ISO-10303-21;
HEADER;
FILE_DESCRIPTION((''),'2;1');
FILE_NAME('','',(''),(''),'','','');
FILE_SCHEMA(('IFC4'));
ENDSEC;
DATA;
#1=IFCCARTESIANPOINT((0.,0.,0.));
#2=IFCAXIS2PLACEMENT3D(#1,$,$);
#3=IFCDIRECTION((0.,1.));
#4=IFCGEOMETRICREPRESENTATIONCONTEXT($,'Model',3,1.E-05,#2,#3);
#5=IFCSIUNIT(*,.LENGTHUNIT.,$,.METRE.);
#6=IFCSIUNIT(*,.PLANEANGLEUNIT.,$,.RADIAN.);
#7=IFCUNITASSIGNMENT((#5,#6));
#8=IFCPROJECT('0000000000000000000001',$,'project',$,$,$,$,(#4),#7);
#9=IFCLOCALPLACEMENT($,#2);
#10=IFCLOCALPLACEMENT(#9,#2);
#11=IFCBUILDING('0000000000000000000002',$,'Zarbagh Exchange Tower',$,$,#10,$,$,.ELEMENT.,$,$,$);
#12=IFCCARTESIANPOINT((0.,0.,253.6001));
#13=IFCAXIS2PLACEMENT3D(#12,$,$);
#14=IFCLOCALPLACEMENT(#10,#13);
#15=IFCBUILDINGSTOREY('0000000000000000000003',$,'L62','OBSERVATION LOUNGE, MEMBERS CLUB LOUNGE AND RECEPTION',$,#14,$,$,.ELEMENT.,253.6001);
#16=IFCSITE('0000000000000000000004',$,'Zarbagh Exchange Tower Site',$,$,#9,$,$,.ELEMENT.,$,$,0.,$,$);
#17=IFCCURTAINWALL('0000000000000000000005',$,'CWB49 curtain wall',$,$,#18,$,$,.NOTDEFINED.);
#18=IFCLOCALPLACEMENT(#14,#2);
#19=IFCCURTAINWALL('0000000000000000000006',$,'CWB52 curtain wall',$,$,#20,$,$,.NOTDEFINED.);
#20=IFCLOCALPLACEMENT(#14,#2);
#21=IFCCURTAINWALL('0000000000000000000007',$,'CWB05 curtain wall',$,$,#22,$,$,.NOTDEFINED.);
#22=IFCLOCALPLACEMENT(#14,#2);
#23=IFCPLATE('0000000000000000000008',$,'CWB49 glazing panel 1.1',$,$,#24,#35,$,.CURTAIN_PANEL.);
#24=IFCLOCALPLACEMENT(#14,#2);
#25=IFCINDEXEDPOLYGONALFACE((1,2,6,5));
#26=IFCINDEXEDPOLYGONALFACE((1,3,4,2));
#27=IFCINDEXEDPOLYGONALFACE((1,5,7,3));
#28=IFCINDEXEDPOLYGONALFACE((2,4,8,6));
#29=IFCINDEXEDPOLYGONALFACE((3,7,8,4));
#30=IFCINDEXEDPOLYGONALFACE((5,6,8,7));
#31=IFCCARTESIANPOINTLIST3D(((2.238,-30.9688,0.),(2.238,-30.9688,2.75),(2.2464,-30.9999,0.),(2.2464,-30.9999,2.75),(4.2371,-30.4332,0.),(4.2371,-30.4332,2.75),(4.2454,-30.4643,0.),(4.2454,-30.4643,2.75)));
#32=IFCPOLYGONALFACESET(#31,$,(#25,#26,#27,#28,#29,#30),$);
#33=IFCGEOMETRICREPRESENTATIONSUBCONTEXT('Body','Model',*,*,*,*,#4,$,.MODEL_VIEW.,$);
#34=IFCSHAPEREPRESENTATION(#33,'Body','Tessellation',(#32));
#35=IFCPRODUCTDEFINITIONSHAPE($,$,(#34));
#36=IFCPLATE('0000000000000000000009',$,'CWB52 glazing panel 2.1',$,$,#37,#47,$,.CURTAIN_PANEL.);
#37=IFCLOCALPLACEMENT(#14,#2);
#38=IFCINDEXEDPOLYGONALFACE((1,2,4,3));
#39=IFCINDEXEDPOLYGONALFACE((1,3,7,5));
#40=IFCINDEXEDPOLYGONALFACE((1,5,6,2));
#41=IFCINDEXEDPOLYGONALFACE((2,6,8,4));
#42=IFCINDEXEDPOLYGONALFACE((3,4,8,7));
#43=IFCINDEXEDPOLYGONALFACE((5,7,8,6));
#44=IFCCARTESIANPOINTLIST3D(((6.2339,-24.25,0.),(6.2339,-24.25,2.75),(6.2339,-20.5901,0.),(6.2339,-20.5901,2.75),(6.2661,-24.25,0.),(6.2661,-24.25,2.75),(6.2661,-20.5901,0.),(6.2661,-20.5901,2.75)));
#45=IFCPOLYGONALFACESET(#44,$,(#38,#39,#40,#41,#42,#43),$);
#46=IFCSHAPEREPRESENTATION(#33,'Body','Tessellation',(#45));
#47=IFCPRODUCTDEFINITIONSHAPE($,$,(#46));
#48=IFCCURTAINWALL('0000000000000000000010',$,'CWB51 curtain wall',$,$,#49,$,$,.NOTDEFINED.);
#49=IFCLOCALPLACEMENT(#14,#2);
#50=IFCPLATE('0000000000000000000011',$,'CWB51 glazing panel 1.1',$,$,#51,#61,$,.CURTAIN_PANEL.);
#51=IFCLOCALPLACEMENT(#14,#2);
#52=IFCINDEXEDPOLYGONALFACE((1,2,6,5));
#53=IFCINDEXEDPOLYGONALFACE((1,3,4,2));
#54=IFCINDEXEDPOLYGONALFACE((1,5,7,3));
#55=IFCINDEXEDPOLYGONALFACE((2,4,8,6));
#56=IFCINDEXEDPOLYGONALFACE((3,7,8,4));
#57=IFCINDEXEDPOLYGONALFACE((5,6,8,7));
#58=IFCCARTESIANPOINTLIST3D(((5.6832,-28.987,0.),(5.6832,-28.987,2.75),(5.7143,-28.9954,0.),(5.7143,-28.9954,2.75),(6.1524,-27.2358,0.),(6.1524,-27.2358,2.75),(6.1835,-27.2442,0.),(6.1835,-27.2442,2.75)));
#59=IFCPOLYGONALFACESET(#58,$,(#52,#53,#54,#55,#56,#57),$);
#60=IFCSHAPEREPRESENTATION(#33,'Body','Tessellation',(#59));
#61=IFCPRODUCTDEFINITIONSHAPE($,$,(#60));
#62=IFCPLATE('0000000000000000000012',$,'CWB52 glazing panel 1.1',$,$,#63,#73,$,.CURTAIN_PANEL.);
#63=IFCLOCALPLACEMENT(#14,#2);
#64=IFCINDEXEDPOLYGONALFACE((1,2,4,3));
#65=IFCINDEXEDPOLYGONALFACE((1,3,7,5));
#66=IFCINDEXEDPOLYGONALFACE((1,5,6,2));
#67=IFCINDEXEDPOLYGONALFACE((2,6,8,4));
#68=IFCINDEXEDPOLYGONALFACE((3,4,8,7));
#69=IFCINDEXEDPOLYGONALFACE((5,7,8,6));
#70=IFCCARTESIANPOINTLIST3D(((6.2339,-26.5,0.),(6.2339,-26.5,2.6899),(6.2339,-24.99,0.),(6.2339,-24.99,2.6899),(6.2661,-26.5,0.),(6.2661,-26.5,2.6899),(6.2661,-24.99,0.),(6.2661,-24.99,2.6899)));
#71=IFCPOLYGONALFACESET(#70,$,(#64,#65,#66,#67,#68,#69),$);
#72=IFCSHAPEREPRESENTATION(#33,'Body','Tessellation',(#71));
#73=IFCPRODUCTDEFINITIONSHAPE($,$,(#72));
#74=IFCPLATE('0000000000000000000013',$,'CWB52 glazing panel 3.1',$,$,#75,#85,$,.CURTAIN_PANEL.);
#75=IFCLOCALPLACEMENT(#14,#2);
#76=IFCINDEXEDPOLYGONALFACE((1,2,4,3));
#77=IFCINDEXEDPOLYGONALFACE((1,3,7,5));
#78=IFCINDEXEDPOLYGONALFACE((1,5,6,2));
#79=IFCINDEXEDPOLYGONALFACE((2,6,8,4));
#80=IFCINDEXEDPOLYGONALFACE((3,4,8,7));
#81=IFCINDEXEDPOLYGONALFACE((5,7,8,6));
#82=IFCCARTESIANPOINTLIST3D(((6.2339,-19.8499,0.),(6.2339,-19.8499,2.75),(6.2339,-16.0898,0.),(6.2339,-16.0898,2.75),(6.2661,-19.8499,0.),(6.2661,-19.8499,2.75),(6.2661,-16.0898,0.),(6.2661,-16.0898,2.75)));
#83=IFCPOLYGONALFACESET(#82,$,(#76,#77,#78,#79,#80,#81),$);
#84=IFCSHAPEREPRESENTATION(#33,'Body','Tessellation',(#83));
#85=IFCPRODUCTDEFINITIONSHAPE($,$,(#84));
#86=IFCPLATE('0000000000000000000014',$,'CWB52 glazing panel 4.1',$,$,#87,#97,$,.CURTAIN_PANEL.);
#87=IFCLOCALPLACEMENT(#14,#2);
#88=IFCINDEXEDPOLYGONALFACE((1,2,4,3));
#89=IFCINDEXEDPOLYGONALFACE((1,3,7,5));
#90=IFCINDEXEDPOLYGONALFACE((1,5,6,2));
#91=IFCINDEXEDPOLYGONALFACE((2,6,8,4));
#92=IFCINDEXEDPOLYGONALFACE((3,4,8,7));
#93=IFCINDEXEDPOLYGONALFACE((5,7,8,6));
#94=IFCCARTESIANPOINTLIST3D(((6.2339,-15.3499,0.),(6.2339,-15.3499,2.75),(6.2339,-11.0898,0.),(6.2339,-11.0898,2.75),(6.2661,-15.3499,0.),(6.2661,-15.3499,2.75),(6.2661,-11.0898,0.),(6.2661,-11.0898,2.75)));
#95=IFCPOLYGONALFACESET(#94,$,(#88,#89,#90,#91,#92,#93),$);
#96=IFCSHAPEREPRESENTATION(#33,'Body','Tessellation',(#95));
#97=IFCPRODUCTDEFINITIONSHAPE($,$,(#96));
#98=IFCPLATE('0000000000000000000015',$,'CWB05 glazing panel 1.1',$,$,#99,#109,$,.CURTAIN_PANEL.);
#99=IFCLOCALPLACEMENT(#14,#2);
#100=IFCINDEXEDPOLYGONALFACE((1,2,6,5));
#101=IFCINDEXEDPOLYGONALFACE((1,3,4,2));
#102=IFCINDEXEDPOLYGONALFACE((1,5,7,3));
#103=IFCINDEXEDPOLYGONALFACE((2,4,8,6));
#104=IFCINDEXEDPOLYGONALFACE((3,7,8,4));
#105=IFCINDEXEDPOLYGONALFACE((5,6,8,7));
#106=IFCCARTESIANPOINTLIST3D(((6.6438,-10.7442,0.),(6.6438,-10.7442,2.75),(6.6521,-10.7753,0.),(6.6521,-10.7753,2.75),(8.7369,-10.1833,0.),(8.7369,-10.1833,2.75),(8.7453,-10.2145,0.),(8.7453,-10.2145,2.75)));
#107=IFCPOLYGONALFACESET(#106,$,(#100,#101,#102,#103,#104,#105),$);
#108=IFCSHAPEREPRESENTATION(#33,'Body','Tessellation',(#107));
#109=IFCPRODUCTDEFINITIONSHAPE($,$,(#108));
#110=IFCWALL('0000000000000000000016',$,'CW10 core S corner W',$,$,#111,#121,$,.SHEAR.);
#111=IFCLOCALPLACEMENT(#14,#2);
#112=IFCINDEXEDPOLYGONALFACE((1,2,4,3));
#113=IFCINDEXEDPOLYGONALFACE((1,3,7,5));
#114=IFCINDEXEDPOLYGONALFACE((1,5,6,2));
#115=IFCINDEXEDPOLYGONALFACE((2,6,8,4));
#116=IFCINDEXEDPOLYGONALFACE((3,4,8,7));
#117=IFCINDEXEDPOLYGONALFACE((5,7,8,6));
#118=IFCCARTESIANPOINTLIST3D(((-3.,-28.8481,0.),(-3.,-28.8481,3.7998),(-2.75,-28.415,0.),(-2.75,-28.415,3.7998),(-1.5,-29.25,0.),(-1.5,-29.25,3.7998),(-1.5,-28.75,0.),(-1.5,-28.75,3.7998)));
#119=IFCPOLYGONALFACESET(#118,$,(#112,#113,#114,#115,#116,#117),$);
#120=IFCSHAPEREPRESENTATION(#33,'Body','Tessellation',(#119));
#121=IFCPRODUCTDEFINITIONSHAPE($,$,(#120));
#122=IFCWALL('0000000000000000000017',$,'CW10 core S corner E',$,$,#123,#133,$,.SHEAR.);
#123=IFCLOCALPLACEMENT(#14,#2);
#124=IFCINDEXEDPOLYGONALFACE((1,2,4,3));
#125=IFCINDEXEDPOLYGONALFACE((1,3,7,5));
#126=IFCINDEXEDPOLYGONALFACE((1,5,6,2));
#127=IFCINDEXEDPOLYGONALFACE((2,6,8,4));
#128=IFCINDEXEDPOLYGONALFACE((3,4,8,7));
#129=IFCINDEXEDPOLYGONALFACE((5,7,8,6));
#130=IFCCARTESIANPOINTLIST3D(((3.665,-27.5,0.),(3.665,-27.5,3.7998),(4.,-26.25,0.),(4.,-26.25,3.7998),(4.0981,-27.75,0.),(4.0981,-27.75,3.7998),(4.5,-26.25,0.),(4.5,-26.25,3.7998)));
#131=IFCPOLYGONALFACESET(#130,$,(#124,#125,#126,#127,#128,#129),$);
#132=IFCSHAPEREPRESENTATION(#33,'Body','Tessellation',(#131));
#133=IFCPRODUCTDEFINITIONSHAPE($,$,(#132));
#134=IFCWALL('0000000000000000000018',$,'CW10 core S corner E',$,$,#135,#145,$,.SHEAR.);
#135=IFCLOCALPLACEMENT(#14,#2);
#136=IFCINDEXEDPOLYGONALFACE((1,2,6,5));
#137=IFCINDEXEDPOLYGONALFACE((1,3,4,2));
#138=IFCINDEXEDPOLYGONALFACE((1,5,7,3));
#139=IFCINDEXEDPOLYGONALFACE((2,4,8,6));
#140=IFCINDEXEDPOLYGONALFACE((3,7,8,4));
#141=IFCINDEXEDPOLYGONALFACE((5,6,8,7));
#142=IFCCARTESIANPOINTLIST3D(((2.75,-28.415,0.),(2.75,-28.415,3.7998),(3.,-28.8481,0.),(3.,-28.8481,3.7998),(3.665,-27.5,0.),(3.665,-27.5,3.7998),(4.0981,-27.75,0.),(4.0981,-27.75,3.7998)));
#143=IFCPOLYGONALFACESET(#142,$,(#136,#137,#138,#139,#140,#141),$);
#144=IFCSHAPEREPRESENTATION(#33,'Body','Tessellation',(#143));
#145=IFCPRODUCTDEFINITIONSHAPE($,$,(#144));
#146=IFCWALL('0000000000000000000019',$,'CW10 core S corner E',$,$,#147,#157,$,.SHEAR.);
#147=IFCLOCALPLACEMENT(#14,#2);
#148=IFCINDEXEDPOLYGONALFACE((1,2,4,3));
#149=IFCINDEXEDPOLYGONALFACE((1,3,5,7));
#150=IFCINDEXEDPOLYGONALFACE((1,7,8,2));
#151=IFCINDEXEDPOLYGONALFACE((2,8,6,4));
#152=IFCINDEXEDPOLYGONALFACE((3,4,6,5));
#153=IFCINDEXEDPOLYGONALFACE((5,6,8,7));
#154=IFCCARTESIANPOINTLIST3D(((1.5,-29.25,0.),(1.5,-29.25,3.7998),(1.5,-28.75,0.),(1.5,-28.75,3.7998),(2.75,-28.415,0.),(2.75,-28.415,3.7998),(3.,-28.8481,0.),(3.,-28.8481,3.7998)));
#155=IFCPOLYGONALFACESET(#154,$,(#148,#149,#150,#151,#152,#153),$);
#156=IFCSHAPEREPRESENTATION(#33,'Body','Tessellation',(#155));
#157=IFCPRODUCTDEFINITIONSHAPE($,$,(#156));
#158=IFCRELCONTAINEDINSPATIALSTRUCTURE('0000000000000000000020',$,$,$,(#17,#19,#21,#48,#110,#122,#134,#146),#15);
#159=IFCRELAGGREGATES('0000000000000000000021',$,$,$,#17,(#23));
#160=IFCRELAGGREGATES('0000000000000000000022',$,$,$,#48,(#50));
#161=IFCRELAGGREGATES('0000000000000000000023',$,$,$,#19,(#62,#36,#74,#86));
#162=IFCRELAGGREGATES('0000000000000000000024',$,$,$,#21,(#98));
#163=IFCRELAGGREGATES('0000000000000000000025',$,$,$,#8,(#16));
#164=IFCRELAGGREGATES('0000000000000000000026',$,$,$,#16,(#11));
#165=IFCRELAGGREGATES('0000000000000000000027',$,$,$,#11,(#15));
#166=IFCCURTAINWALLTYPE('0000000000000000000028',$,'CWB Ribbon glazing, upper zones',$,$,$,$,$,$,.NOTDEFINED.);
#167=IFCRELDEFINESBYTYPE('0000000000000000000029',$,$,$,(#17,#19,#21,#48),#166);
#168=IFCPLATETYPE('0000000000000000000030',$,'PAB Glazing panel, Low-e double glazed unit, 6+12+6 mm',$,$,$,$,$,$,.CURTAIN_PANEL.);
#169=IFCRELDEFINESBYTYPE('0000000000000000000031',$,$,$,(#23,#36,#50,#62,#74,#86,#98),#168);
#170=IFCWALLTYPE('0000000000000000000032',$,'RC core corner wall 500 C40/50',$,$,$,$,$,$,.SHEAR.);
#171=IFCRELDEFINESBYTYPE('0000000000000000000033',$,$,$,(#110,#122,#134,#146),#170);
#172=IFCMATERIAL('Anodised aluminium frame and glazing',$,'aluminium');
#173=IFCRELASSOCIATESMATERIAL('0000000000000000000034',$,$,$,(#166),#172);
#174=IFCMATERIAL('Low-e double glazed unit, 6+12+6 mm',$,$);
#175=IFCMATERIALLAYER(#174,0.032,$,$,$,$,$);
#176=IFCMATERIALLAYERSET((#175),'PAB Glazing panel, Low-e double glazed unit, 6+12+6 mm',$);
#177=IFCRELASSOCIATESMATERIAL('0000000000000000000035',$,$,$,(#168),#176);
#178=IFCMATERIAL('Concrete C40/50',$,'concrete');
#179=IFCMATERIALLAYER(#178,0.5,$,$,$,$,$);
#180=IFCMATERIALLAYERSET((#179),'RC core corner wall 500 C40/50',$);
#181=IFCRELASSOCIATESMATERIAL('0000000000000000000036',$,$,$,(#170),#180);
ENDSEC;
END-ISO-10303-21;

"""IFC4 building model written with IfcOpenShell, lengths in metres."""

from ifc_helpers import new_model, si_unit, direction, frame, origin, place, context, subcontext, project, spatial, polyline, outline, extrude, source, transform, mapped, material, layer, layer_set, type_object, element, aggregate, save


model = new_model("IFC4")

# Units and contexts
model_context = context("Model", 3, precision=1e-05, world=origin(), true_north=direction((0.0, 1.0)))
body_context = subcontext(model_context, "Body", "Model", "MODEL_VIEW")
ifc_project = project(units=[si_unit("LENGTHUNIT", "METRE"), si_unit("PLANEANGLEUNIT", "RADIAN")], contexts=[model_context])

# Site, building, storey
site_placement = place(None, origin())
site = spatial("IfcSite", under=ifc_project, at=site_placement, Name="Zarbagh Exchange Tower Site", CompositionType="ELEMENT", RefElevation=0.0)
building_placement = place(site_placement, origin())
building = spatial("IfcBuilding", under=site, at=building_placement, Name="Zarbagh Exchange Tower", CompositionType="ELEMENT")
storey_placement = place(building_placement, frame((0.0, 0.0, 253.6001)))
storey = spatial("IfcBuildingStorey", under=building, at=storey_placement, Name="L62", Description="OBSERVATION LOUNGE, MEMBERS CLUB LOUNGE AND RECEPTION", CompositionType="ELEMENT", Elevation=253.6001)

# Curtain wall
ifc_material_1 = material(Name="Anodised aluminium frame and glazing", Category="aluminium")
curtain_wall_type = type_object("IfcCurtainWallType", Name="CWB Ribbon glazing, upper zones", PredefinedType="NOTDEFINED", material=ifc_material_1)
curtain_wall_1_placement = place(storey_placement, origin())
curtain_wall_1 = element("IfcCurtainWall", 1, at=curtain_wall_1_placement, inside=storey, type_object=curtain_wall_type, Name="CWB49 curtain wall", PredefinedType="NOTDEFINED")
placement = place(storey_placement, origin())

# Curtain wall
curtain_wall_2_placement = place(storey_placement, origin())
curtain_wall_2 = element("IfcCurtainWall", 2, at=curtain_wall_2_placement, inside=storey, type_object=curtain_wall_type, Name="CWB52 curtain wall", PredefinedType="NOTDEFINED")

# Curtain wall
curtain_wall_3_placement = place(storey_placement, origin())
curtain_wall_3 = element("IfcCurtainWall", 3, at=curtain_wall_3_placement, inside=storey, type_object=curtain_wall_type, Name="CWB05 curtain wall", PredefinedType="NOTDEFINED")

# Shared definitions
ifc_material_2 = material(Name="Concrete C40/50", Category="concrete")

# Shared definitions
ifc_material_3 = material(Name="Low-e double glazed unit, 6+12+6 mm")
ifc_layer_1 = layer(ifc_material_3, 0.032)
ifc_layer_set_1 = layer_set([ifc_layer_1], Name="PAB Glazing panel, Low-e double glazed unit, 6+12+6 mm")
plate_type = type_object("IfcPlateType", Name="PAB Glazing panel, Low-e double glazed unit, 6+12+6 mm", PredefinedType="CURTAIN_PANEL", material=ifc_layer_set_1)

# Plates
shared_shape_1 = source(origin(), body_context, "Body", "SweptSolid", [
    extrude(outline(polyline([(0.0, -0.0161), (2.0696, -0.0161), (2.0696, 0.0161), (0.0, 0.0161), (0.0, -0.0161)])), origin(), (0.0, 0.0, 1.0), 2.75),
])
plate_1 = element("IfcPlate", 4, at=placement, type_object=plate_type, Name="CWB49 glazing panel 1.1", PredefinedType="CURTAIN_PANEL", context=body_context, shape_type="MappedRepresentation", body=[
    mapped(shared_shape_1, transform((2.2422, -30.9844, 0.0), x_axis=(0.965924, 0.258825, 0.0), y_axis=(-0.258825, 0.965924, 0.0), z_axis=(0.0, 0.0, 1.0))),
])
aggregate(curtain_wall_1, [plate_1])
shared_shape_2 = source(origin(), body_context, "Body", "SweptSolid", [
    extrude(outline(polyline([(0.0, -0.0161), (3.6599, -0.0161), (3.6599, 0.0161), (0.0, 0.0161), (0.0, -0.0161)])), origin(), (0.0, 0.0, 1.0), 2.75),
])
plate_2 = element("IfcPlate", 5, at=placement, type_object=plate_type, Name="CWB52 glazing panel 2.1", PredefinedType="CURTAIN_PANEL", context=body_context, shape_type="MappedRepresentation", body=[
    mapped(shared_shape_2, transform((6.25, -24.25, 0.0), x_axis=(0.0, 1.0, 0.0), y_axis=(-1.0, 0.0, 0.0), z_axis=(0.0, 0.0, 1.0))),
])

# Curtain wall, plate
curtain_wall_4_placement = place(storey_placement, origin())
curtain_wall_4 = element("IfcCurtainWall", 6, at=curtain_wall_4_placement, inside=storey, type_object=curtain_wall_type, Name="CWB51 curtain wall", PredefinedType="NOTDEFINED")
shared_shape_3 = source(origin(), body_context, "Body", "SweptSolid", [
    extrude(outline(polyline([(0.0, -0.0161), (1.813, -0.0161), (1.813, 0.0161), (0.0, 0.0161), (0.0, -0.0161)])), origin(), (0.0, 0.0, 1.0), 2.75),
])
plate_3 = element("IfcPlate", 7, at=placement, type_object=plate_type, Name="CWB51 glazing panel 1.1", PredefinedType="CURTAIN_PANEL", context=body_context, shape_type="MappedRepresentation", body=[
    mapped(shared_shape_3, transform((5.6987, -28.9912, 0.0), x_axis=(0.258825, 0.965924, 0.0), y_axis=(-0.965924, 0.258825, 0.0), z_axis=(0.0, 0.0, 1.0))),
])
aggregate(curtain_wall_4, [plate_3])

# Plates
shared_shape_4 = source(origin(), body_context, "Body", "SweptSolid", [
    extrude(outline(polyline([(0.0, -0.0161), (1.51, -0.0161), (1.51, 0.0161), (0.0, 0.0161), (0.0, -0.0161)])), origin(), (0.0, 0.0, 1.0), 2.6899),
])
plate_4 = element("IfcPlate", 8, at=placement, type_object=plate_type, Name="CWB52 glazing panel 1.1", PredefinedType="CURTAIN_PANEL", context=body_context, shape_type="MappedRepresentation", body=[
    mapped(shared_shape_4, transform((6.25, -26.5, 0.0), x_axis=(0.0, 1.0, 0.0), y_axis=(-1.0, 0.0, 0.0), z_axis=(0.0, 0.0, 1.0))),
])
shared_shape_5 = source(origin(), body_context, "Body", "SweptSolid", [
    extrude(outline(polyline([(0.0, -0.0161), (3.76, -0.0161), (3.76, 0.0161), (0.0, 0.0161), (0.0, -0.0161)])), origin(), (0.0, 0.0, 1.0), 2.75),
])
plate_5 = element("IfcPlate", 9, at=placement, type_object=plate_type, Name="CWB52 glazing panel 3.1", PredefinedType="CURTAIN_PANEL", context=body_context, shape_type="MappedRepresentation", body=[
    mapped(shared_shape_5, transform((6.25, -19.8499, 0.0), x_axis=(0.0, 1.0, 0.0), y_axis=(-1.0, 0.0, 0.0), z_axis=(0.0, 0.0, 1.0))),
])
shared_shape_6 = source(origin(), body_context, "Body", "SweptSolid", [
    extrude(outline(polyline([(0.0, -0.0161), (4.26, -0.0161), (4.26, 0.0161), (0.0, 0.0161), (0.0, -0.0161)])), origin(), (0.0, 0.0, 1.0), 2.75),
])
plate_6 = element("IfcPlate", 10, at=placement, type_object=plate_type, Name="CWB52 glazing panel 4.1", PredefinedType="CURTAIN_PANEL", context=body_context, shape_type="MappedRepresentation", body=[
    mapped(shared_shape_6, transform((6.25, -15.3499, 0.0), x_axis=(0.0, 1.0, 0.0), y_axis=(-1.0, 0.0, 0.0), z_axis=(0.0, 0.0, 1.0))),
])
aggregate(curtain_wall_2, [plate_4, plate_2, plate_5, plate_6])
shared_shape_7 = source(origin(), body_context, "Body", "SweptSolid", [
    extrude(outline(polyline([(0.0, -0.0161), (2.167, -0.0161), (2.167, 0.0161), (0.0, 0.0161), (0.0, -0.0161)])), origin(), (0.0, 0.0, 1.0), 2.75),
])
plate_7 = element("IfcPlate", 11, at=placement, type_object=plate_type, Name="CWB05 glazing panel 1.1", PredefinedType="CURTAIN_PANEL", context=body_context, shape_type="MappedRepresentation", body=[
    mapped(shared_shape_7, transform((6.6479, -10.7598, 0.0), x_axis=(0.965924, 0.258825, 0.0), y_axis=(-0.258825, 0.965924, 0.0), z_axis=(0.0, 0.0, 1.0))),
])
aggregate(curtain_wall_3, [plate_7])

# Walls
ifc_layer_2 = layer(ifc_material_2, 0.5)
ifc_layer_set_2 = layer_set([ifc_layer_2], Name="RC core corner wall 500 C40/50")
wall_type = type_object("IfcWallType", Name="RC core corner wall 500 C40/50", PredefinedType="SHEAR", material=ifc_layer_set_2)
wall_1_placement = place(storey_placement, origin())
element("IfcWall", 12, at=wall_1_placement, inside=storey, type_object=wall_type, Name="CW10 core S corner W", PredefinedType="SHEAR", context=body_context, shape_type="SweptSolid", body=[
    extrude(outline(polyline([(-3.0, -28.8481), (-1.5, -29.25), (-1.5, -28.75), (-2.75, -28.415), (-3.0, -28.8481)])), origin(), (0.0, 0.0, 1.0), 3.7998),
])
wall_2_placement = place(storey_placement, origin())
element("IfcWall", 13, at=wall_2_placement, inside=storey, type_object=wall_type, Name="CW10 core S corner E", PredefinedType="SHEAR", context=body_context, shape_type="SweptSolid", body=[
    extrude(outline(polyline([(4.5, -26.25), (4.0981, -27.75), (3.665, -27.5), (4.0, -26.25), (4.5, -26.25)])), origin(), (0.0, 0.0, 1.0), 3.7998),
])
wall_3_placement = place(storey_placement, origin())
element("IfcWall", 14, at=wall_3_placement, inside=storey, type_object=wall_type, Name="CW10 core S corner E", PredefinedType="SHEAR", context=body_context, shape_type="SweptSolid", body=[
    extrude(outline(polyline([(4.0981, -27.75), (3.0, -28.8481), (2.75, -28.415), (3.665, -27.5), (4.0981, -27.75)])), origin(), (0.0, 0.0, 1.0), 3.7998),
])
wall_4_placement = place(storey_placement, origin())
element("IfcWall", 15, at=wall_4_placement, inside=storey, type_object=wall_type, Name="CW10 core S corner E", PredefinedType="SHEAR", context=body_context, shape_type="SweptSolid", body=[
    extrude(outline(polyline([(3.0, -28.8481), (1.5, -29.25), (1.5, -28.75), (2.75, -28.415), (3.0, -28.8481)])), origin(), (0.0, 0.0, 1.0), 3.7998),
])

save(model, "model.ifc")
